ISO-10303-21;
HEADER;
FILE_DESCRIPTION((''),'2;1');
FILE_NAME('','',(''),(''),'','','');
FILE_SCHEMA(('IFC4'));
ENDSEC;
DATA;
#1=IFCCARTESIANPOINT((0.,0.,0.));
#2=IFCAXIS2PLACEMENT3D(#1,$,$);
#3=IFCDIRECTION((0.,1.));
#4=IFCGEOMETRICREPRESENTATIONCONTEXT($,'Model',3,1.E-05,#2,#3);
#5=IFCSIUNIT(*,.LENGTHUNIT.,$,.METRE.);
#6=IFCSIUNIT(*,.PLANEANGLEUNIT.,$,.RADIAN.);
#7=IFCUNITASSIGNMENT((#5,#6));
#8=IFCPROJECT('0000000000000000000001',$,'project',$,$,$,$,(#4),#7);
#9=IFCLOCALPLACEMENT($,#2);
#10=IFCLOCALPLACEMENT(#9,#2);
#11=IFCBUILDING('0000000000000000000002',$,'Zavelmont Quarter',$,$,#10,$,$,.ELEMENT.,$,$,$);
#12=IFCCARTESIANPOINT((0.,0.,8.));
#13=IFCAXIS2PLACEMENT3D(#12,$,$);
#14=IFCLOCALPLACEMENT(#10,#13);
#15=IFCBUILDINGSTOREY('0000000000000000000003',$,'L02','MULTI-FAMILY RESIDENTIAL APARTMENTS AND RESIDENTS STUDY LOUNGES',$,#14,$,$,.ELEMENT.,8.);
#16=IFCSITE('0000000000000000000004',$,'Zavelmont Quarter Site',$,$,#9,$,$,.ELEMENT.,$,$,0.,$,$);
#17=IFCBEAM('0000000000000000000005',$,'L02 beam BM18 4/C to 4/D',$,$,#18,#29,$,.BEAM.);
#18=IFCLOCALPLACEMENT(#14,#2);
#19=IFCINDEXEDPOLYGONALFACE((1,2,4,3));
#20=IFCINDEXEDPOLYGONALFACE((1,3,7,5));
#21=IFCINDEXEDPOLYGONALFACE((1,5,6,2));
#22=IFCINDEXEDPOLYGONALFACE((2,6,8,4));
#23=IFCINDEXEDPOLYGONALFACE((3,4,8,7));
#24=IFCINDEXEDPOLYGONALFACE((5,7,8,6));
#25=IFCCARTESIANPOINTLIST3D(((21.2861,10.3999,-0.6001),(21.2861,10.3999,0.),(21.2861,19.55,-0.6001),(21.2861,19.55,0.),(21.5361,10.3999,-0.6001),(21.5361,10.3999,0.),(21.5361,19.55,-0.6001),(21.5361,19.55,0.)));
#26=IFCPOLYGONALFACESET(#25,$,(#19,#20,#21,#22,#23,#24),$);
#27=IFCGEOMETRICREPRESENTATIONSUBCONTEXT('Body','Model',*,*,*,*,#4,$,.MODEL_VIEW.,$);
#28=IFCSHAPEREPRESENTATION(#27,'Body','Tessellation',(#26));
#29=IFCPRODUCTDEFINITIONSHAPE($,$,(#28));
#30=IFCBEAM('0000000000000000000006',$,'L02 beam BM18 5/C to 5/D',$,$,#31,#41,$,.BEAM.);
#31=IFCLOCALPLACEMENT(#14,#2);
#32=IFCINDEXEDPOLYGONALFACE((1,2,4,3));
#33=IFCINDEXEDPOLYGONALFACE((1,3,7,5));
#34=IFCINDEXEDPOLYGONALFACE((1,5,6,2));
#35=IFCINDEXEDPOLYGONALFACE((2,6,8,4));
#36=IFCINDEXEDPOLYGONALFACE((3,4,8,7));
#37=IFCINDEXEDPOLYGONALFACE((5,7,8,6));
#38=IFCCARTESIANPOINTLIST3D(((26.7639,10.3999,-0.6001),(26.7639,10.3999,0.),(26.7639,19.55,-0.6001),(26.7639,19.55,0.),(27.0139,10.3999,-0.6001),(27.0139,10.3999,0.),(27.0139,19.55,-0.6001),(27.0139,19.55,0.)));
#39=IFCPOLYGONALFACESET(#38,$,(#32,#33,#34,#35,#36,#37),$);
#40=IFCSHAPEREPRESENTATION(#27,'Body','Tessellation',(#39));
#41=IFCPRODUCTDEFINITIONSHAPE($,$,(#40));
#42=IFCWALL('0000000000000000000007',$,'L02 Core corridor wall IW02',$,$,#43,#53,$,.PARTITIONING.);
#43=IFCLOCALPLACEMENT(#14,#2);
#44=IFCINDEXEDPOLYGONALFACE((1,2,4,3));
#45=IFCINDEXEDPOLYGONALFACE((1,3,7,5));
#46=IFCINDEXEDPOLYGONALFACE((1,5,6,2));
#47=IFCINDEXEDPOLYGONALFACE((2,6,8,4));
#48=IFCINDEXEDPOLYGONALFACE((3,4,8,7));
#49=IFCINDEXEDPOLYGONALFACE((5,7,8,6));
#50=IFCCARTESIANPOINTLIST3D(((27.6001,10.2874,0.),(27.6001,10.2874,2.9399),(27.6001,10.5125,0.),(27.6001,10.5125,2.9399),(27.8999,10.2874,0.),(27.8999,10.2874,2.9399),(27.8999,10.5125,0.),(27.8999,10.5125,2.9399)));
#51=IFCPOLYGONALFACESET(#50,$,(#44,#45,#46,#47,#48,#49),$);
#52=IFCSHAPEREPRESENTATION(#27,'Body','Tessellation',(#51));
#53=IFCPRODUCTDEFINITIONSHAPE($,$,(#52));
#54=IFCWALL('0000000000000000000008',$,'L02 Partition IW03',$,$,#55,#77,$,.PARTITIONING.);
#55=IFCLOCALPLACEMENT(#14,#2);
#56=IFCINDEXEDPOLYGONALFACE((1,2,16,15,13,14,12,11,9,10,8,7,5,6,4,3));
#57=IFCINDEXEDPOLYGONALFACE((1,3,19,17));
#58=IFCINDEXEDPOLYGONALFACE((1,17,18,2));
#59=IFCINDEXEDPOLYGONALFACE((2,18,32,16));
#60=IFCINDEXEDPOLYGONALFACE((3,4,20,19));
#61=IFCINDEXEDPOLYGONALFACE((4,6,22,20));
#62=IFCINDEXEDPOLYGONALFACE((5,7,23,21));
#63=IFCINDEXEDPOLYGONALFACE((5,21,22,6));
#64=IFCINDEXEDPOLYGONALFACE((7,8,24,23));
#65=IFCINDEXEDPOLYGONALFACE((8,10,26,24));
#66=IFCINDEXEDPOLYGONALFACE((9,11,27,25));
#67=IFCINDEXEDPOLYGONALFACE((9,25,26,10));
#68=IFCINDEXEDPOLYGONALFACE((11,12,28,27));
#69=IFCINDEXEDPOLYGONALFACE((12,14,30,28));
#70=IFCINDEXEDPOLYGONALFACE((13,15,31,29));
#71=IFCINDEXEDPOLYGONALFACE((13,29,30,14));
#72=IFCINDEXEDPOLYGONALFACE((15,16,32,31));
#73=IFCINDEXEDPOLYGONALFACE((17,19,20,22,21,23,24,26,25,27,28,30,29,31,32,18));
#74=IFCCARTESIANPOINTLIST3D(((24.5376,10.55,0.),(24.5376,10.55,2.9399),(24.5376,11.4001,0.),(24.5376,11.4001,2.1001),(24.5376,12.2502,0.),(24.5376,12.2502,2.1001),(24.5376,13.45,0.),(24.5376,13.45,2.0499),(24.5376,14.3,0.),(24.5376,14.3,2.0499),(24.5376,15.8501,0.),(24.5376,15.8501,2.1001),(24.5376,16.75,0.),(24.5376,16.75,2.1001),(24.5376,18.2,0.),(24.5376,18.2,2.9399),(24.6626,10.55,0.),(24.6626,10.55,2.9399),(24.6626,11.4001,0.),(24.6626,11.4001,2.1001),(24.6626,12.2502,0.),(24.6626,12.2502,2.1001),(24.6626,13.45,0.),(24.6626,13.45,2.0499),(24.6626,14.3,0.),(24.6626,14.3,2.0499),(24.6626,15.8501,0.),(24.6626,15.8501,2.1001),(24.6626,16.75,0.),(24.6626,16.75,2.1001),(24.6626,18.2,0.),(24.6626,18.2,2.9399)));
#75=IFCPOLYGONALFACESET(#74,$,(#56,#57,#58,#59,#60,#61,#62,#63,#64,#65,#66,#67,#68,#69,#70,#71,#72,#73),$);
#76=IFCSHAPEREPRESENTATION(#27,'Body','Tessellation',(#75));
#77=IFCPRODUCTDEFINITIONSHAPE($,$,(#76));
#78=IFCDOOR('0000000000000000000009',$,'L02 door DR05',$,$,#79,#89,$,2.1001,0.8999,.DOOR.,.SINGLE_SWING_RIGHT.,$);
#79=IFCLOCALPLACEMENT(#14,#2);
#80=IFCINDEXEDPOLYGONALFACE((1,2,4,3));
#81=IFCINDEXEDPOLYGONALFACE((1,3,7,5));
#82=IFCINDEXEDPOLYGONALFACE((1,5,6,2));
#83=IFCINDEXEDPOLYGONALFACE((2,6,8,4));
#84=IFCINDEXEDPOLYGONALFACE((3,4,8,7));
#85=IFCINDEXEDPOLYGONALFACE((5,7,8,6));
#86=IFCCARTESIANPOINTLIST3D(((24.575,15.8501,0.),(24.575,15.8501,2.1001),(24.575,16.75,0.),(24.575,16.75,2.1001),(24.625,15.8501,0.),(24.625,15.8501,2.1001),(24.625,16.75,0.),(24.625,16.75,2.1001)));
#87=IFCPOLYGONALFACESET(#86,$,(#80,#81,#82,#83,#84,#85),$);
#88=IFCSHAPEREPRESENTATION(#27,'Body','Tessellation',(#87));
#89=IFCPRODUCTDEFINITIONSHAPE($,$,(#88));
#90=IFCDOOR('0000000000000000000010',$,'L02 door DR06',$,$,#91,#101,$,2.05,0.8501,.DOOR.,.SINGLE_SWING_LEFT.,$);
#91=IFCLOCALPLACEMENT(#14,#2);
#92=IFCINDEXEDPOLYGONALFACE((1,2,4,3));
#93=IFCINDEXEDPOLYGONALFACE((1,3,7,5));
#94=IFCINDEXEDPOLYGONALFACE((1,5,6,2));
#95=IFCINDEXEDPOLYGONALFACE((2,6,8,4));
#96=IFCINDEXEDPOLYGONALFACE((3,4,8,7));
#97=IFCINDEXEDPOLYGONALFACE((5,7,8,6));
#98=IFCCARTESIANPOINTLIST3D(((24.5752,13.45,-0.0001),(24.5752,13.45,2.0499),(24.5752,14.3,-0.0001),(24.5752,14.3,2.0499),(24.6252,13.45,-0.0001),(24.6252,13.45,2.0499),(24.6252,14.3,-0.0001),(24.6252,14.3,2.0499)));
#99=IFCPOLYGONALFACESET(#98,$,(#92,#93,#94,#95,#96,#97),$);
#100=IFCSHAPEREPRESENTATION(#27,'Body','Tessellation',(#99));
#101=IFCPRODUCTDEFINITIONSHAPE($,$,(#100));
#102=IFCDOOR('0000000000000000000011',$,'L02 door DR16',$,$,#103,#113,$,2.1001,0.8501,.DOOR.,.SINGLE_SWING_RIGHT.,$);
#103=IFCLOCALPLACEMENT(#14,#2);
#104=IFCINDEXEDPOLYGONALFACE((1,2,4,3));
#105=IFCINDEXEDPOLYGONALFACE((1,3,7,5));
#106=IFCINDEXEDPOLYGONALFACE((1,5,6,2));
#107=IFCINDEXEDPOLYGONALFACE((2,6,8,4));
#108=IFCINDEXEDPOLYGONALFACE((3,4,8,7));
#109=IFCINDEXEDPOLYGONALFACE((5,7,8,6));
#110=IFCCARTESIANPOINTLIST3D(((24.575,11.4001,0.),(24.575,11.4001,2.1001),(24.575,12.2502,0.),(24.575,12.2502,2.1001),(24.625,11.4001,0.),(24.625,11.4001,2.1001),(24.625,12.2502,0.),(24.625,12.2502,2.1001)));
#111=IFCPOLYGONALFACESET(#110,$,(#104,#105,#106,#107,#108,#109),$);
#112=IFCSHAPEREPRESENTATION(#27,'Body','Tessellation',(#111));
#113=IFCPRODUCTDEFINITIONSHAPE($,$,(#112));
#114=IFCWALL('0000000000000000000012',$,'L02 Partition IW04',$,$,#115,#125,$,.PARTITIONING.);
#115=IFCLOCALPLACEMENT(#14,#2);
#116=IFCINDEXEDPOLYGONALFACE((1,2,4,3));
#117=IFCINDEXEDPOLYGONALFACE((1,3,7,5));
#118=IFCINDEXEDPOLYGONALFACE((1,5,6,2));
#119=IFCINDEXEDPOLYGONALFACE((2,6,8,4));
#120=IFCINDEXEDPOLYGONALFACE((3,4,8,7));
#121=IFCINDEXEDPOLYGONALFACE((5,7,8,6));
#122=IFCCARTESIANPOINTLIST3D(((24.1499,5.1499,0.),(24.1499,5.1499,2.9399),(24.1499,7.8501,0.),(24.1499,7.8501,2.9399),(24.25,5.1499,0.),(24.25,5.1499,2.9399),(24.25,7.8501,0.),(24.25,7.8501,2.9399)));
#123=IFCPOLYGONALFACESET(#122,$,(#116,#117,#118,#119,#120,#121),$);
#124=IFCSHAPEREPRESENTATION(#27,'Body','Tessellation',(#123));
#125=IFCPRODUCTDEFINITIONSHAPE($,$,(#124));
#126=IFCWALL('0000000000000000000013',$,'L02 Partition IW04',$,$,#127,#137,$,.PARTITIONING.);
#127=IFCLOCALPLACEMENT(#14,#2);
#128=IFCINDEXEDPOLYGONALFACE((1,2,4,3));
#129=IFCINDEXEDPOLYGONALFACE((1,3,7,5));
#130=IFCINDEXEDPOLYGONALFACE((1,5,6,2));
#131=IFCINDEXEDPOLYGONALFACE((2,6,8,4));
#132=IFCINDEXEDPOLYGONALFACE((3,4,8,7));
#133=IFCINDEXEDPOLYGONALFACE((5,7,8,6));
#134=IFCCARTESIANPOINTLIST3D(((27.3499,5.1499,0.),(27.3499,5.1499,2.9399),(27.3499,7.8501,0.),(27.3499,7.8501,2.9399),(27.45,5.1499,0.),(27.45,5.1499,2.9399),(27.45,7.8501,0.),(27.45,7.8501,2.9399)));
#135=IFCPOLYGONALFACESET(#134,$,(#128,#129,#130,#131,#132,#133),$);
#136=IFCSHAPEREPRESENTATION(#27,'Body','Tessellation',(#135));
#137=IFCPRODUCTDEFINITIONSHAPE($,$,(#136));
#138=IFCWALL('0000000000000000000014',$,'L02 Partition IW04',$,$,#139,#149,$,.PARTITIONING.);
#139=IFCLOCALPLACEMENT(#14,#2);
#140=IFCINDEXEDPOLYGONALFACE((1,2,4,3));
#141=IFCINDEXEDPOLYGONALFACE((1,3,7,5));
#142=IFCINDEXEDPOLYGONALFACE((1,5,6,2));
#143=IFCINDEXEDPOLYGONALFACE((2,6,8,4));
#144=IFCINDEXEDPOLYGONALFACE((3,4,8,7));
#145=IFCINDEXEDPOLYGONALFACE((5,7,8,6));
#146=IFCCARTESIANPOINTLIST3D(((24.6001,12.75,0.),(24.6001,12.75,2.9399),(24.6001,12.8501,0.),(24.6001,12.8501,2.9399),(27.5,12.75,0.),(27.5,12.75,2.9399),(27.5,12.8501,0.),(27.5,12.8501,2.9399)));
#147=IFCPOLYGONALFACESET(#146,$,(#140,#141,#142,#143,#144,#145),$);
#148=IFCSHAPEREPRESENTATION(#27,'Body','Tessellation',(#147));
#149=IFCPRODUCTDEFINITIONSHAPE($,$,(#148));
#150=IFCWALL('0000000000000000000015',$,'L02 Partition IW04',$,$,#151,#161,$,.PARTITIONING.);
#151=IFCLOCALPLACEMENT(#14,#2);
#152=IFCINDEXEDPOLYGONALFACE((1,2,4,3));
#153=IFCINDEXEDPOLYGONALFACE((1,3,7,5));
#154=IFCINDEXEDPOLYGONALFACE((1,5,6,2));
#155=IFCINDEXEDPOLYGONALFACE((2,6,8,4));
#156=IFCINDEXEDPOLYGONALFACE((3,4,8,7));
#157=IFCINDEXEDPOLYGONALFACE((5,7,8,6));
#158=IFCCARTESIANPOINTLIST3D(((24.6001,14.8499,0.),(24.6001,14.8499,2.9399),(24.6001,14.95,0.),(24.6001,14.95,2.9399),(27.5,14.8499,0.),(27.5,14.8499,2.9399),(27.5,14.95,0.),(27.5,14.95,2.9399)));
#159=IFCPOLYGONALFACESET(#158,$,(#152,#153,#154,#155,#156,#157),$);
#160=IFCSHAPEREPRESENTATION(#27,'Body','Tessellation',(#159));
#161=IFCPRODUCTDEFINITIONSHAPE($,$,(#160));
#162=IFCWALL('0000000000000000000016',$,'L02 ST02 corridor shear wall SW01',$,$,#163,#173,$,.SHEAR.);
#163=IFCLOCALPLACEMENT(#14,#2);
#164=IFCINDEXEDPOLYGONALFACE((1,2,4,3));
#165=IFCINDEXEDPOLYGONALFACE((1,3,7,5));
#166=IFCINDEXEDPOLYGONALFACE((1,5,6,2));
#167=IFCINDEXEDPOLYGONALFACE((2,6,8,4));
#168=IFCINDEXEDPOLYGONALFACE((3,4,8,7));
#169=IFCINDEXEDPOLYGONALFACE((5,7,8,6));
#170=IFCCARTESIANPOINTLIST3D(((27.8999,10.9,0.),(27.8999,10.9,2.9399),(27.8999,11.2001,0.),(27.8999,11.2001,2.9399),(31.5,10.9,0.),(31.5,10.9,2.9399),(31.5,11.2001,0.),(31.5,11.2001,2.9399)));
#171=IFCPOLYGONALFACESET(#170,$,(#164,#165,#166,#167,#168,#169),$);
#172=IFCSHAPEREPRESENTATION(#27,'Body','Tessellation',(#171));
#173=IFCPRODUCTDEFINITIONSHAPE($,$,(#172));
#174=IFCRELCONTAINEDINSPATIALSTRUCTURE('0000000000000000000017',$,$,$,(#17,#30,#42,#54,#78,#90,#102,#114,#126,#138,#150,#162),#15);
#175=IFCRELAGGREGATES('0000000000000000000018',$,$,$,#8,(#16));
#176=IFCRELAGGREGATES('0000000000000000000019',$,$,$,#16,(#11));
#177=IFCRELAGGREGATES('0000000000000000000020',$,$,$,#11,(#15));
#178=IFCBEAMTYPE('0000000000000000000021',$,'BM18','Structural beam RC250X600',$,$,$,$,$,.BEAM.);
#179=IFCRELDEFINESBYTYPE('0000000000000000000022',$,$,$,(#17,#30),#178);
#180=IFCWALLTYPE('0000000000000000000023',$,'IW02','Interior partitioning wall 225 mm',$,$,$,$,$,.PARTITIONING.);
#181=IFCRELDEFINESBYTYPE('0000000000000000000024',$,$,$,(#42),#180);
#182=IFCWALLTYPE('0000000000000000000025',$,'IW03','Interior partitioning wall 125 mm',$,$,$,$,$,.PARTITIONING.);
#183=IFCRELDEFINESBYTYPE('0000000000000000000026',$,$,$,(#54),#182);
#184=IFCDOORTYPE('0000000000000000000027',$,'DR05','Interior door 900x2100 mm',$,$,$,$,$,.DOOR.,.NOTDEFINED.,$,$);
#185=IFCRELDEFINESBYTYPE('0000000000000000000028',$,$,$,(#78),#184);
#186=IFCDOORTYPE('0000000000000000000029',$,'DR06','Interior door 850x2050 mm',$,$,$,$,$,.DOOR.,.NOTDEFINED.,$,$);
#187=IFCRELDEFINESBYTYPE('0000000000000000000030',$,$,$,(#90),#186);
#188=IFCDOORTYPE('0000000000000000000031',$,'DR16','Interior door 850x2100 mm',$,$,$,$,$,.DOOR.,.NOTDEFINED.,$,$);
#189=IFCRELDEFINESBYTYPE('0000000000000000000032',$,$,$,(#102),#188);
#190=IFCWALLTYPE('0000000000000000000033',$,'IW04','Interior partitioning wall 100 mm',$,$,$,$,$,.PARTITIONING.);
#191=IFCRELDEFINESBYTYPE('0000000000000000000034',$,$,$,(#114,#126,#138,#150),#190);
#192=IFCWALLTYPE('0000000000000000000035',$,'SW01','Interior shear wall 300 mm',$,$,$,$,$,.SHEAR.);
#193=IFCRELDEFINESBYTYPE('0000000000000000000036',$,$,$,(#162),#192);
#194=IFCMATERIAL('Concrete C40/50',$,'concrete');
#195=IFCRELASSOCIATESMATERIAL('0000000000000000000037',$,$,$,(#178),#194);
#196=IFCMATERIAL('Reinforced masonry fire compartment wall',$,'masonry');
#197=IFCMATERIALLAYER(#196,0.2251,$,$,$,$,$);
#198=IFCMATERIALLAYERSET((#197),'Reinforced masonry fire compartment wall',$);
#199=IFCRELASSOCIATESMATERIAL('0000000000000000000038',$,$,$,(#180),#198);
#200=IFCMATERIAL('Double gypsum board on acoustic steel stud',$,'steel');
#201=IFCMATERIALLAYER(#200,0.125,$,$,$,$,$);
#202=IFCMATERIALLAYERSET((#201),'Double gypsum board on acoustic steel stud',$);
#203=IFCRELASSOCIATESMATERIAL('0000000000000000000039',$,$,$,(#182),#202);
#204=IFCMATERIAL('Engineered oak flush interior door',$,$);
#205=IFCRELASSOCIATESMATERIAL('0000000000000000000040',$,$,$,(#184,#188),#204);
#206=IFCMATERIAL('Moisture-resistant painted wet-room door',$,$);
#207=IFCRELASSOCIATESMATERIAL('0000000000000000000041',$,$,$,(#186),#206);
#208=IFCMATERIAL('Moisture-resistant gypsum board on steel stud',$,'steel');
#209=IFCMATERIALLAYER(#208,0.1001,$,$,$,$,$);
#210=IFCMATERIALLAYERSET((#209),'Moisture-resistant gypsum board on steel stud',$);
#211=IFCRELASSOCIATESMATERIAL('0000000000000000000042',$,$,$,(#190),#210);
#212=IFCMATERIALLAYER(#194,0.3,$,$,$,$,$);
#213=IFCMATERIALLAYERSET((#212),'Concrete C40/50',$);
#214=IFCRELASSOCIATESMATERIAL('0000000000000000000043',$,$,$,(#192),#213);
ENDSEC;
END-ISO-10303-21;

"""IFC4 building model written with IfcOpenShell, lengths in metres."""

from ifc_helpers import new_model, si_unit, direction, frame, frame_2d, origin, origin_with_axes, origin_2d, place, context, subcontext, project, spatial, rectangle, extrude, material, layer, layer_set, material_profile, profile_set, type_object, element, fill, save


model = new_model("IFC4")

# Units and contexts
model_context = context("Model", 3, precision=1e-05, world=origin(), true_north=direction((0.0, 1.0)))
body_context = subcontext(model_context, "Body", "Model", "MODEL_VIEW")
ifc_project = project(units=[si_unit("LENGTHUNIT", "METRE"), si_unit("PLANEANGLEUNIT", "RADIAN")], contexts=[model_context])

# Site, building, storey
site_placement = place(None, origin())
site = spatial("IfcSite", under=ifc_project, at=site_placement, Name="Zavelmont Quarter Site", CompositionType="ELEMENT", RefElevation=0.0)
building_placement = place(site_placement, origin())
building = spatial("IfcBuilding", under=site, at=building_placement, Name="Zavelmont Quarter", CompositionType="ELEMENT")
storey_placement = place(building_placement, frame((0.0, 0.0, 8.0)))
storey = spatial("IfcBuildingStorey", under=building, at=storey_placement, Name="L02", Description="MULTI-FAMILY RESIDENTIAL APARTMENTS AND RESIDENTS STUDY LOUNGES", CompositionType="ELEMENT", Elevation=8.0)

# Shared definitions
ifc_material_1 = material(Name="Concrete C40/50", Category="concrete")

# Beams
ifc_material_profile_1 = material_profile(ifc_material_1, rectangle(XDim=0.25, YDim=0.6001, at=origin_2d()), Name="RC250X600")
ifc_profile_set_1 = profile_set([ifc_material_profile_1], Name="Concrete C40/50")
beam_type_1 = type_object("IfcBeamType", Name="BM18", Description="Structural beam RC250X600", PredefinedType="BEAM", material=ifc_profile_set_1)
for number, where, z_axis, x_axis, name in (
    (1, (21.4111, 10.3999, -0.3), (0.0, 1.0, 0.0), (-1.0, 0.0, 0.0), "L02 beam BM18 4/C to 4/D"),
    (2, (26.8889, 10.3999, -0.3), (0.0, 1.0, 0.0), (-1.0, 0.0, 0.0), "L02 beam BM18 5/C to 5/D"),
):
    element("IfcBeam", number, at=place(storey_placement, frame(where, z_axis=z_axis, x_axis=x_axis)), inside=storey, type_object=beam_type_1, Name=name, PredefinedType="BEAM", context=body_context, shape_type="SweptSolid", body=[
        extrude(rectangle(XDim=0.25, YDim=0.6001, at=origin_2d()), origin(), (0.0, 0.0, 1.0), 9.1501),
    ])

# Wall
ifc_material_2 = material(Name="Reinforced masonry fire compartment wall", Category="masonry")
ifc_layer_1 = layer(ifc_material_2, 0.2251)
ifc_layer_set_1 = layer_set([ifc_layer_1], Name="Reinforced masonry fire compartment wall")
wall_type_1 = type_object("IfcWallType", Name="IW02", Description="Interior partitioning wall 225 mm", PredefinedType="PARTITIONING", material=ifc_layer_set_1)
wall_1_placement = place(storey_placement, frame((27.6001, 10.3999, 0.0), z_axis=(0.0, 0.0, 1.0), x_axis=(1.0, 0.0, 0.0)))
element("IfcWall", 3, at=wall_1_placement, inside=storey, type_object=wall_type_1, Name="L02 Core corridor wall IW02", PredefinedType="PARTITIONING", context=body_context, shape_type="SweptSolid", body=[
    extrude(rectangle(XDim=0.2998, YDim=0.2251, at=frame_2d((0.1499, 0.0))), origin(), (0.0, 0.0, 1.0), 2.9399),
])

# Wall, openings, doors
ifc_material_3 = material(Name="Double gypsum board on acoustic steel stud", Category="steel")
ifc_layer_2 = layer(ifc_material_3, 0.125)
ifc_layer_set_2 = layer_set([ifc_layer_2], Name="Double gypsum board on acoustic steel stud")
wall_type_2 = type_object("IfcWallType", Name="IW03", Description="Interior partitioning wall 125 mm", PredefinedType="PARTITIONING", material=ifc_layer_set_2)
wall_2_placement = place(storey_placement, frame((24.6001, 10.55, 0.0), z_axis=(0.0, 0.0, 1.0), x_axis=(0.0, 1.0, 0.0)))
wall_2 = element("IfcWall", 4, at=wall_2_placement, inside=storey, type_object=wall_type_2, Name="L02 Partition IW03", PredefinedType="PARTITIONING", context=body_context, shape_type="SweptSolid", body=[
    extrude(rectangle(XDim=7.6499, YDim=0.125, at=frame_2d((3.825, 0.0))), origin(), (0.0, 0.0, 1.0), 2.9399),
])
opening_1_placement = place(wall_2_placement, frame((0.8501, 0.0, 0.0)))
opening_1 = element("IfcOpeningElement", 5, at=opening_1_placement, cuts=wall_2, PredefinedType="OPENING", context=body_context, shape_type="SweptSolid", body=[
    extrude(rectangle(XDim=0.8501, YDim=2.1001, at=frame_2d((0.425, 1.05))), frame((0.0, 0.0745, 0.0), z_axis=(0.0, -1.0, 0.0), x_axis=(1.0, 0.0, 0.0)), (0.0, 0.0, 1.0), 0.1489),
])
opening_2_placement = place(wall_2_placement, frame((2.8999, 0.0, 0.0)))
opening_2 = element("IfcOpeningElement", 6, at=opening_2_placement, cuts=wall_2, PredefinedType="OPENING", context=body_context, shape_type="SweptSolid", body=[
    extrude(rectangle(XDim=0.8501, YDim=2.05, at=frame_2d((0.425, 1.0249))), frame((0.0, 0.0745, 0.0), z_axis=(0.0, -1.0, 0.0), x_axis=(1.0, 0.0, 0.0)), (0.0, 0.0, 1.0), 0.1489),
])
opening_3_placement = place(wall_2_placement, frame((5.3, 0.0, 0.0)))
opening_3 = element("IfcOpeningElement", 7, at=opening_3_placement, cuts=wall_2, PredefinedType="OPENING", context=body_context, shape_type="SweptSolid", body=[
    extrude(rectangle(XDim=0.8999, YDim=2.1001, at=frame_2d((0.45, 1.05))), frame((0.0, 0.0745, 0.0), z_axis=(0.0, -1.0, 0.0), x_axis=(1.0, 0.0, 0.0)), (0.0, 0.0, 1.0), 0.1489),
])
ifc_material_4 = material(Name="Engineered oak flush interior door")
door_type_1 = type_object("IfcDoorType", Name="DR05", Description="Interior door 900x2100 mm", OperationType="NOTDEFINED", PredefinedType="DOOR", material=ifc_material_4)
door_1_placement = place(opening_3_placement, frame((0.8999, 0.0, 0.0), z_axis=(0.0, 0.0, 1.0), x_axis=(-1.0, 0.0, 0.0)))
door_1 = element("IfcDoor", 8, at=door_1_placement, inside=storey, type_object=door_type_1, Name="L02 door DR05", OperationType="SINGLE_SWING_RIGHT", OverallHeight=2.1001, OverallWidth=0.8999, PredefinedType="DOOR", context=body_context, shape_type="SweptSolid", body=[
    extrude(rectangle(XDim=0.8999, YDim=2.1001, at=frame_2d((0.45, 1.05))), frame((0.0, 0.0249, 0.0), z_axis=(0.0, -1.0, 0.0), x_axis=(1.0, 0.0, 0.0)), (0.0, 0.0, 1.0), 0.05),
])
fill(opening_3, door_1)
ifc_material_5 = material(Name="Moisture-resistant painted wet-room door")
door_type_2 = type_object("IfcDoorType", Name="DR06", Description="Interior door 850x2050 mm", OperationType="NOTDEFINED", PredefinedType="DOOR", material=ifc_material_5)
door_2_placement = place(opening_2_placement, origin_with_axes())
door_2 = element("IfcDoor", 9, at=door_2_placement, inside=storey, type_object=door_type_2, Name="L02 door DR06", OperationType="SINGLE_SWING_LEFT", OverallHeight=2.05, OverallWidth=0.8501, PredefinedType="DOOR", context=body_context, shape_type="SweptSolid", body=[
    extrude(rectangle(XDim=0.8501, YDim=2.05, at=frame_2d((0.425, 1.0249))), frame((0.0, 0.0249, 0.0), z_axis=(0.0, -1.0, 0.0), x_axis=(1.0, 0.0, 0.0)), (0.0, 0.0, 1.0), 0.05),
])
fill(opening_2, door_2)
door_type_3 = type_object("IfcDoorType", Name="DR16", Description="Interior door 850x2100 mm", OperationType="NOTDEFINED", PredefinedType="DOOR", material=ifc_material_4)
door_3_placement = place(opening_1_placement, frame((0.8501, 0.0, 0.0), z_axis=(0.0, 0.0, 1.0), x_axis=(-1.0, 0.0, 0.0)))
door_3 = element("IfcDoor", 10, at=door_3_placement, inside=storey, type_object=door_type_3, Name="L02 door DR16", OperationType="SINGLE_SWING_RIGHT", OverallHeight=2.1001, OverallWidth=0.8501, PredefinedType="DOOR", context=body_context, shape_type="SweptSolid", body=[
    extrude(rectangle(XDim=0.8501, YDim=2.1001, at=frame_2d((0.425, 1.05))), frame((0.0, 0.0249, 0.0), z_axis=(0.0, -1.0, 0.0), x_axis=(1.0, 0.0, 0.0)), (0.0, 0.0, 1.0), 0.05),
])
fill(opening_1, door_3)

# Walls
ifc_material_6 = material(Name="Moisture-resistant gypsum board on steel stud", Category="steel")
ifc_layer_3 = layer(ifc_material_6, 0.1001)
ifc_layer_set_3 = layer_set([ifc_layer_3], Name="Moisture-resistant gypsum board on steel stud")
wall_type_3 = type_object("IfcWallType", Name="IW04", Description="Interior partitioning wall 100 mm", PredefinedType="PARTITIONING", material=ifc_layer_set_3)
for number, where, z_axis, x_axis, name in (
    (11, (24.2, 7.8501, 0.0), (0.0, 0.0, 1.0), (0.0, -1.0, 0.0), "L02 Partition IW04"),
    (12, (27.3999, 7.8501, 0.0), (0.0, 0.0, 1.0), (0.0, -1.0, 0.0), "L02 Partition IW04"),
):
    element("IfcWall", number, at=place(storey_placement, frame(where, z_axis=z_axis, x_axis=x_axis)), inside=storey, type_object=wall_type_3, Name=name, PredefinedType="PARTITIONING", context=body_context, shape_type="SweptSolid", body=[
        extrude(rectangle(XDim=2.7002, YDim=0.1001, at=frame_2d((1.3501, 0.0))), origin(), (0.0, 0.0, 1.0), 2.9399),
    ])
for number, where, z_axis, x_axis, name in (
    (13, (24.6001, 12.8, 0.0), (0.0, 0.0, 1.0), (1.0, 0.0, 0.0), "L02 Partition IW04"),
    (14, (24.6001, 14.8999, 0.0), (0.0, 0.0, 1.0), (1.0, 0.0, 0.0), "L02 Partition IW04"),
):
    element("IfcWall", number, at=place(storey_placement, frame(where, z_axis=z_axis, x_axis=x_axis)), inside=storey, type_object=wall_type_3, Name=name, PredefinedType="PARTITIONING", context=body_context, shape_type="SweptSolid", body=[
        extrude(rectangle(XDim=2.8999, YDim=0.1001, at=frame_2d((1.45, 0.0))), origin(), (0.0, 0.0, 1.0), 2.9399),
    ])
ifc_layer_4 = layer(ifc_material_1, 0.3)
ifc_layer_set_4 = layer_set([ifc_layer_4], Name="Concrete C40/50")
wall_type_4 = type_object("IfcWallType", Name="SW01", Description="Interior shear wall 300 mm", PredefinedType="SHEAR", material=ifc_layer_set_4)
wall_3_placement = place(storey_placement, frame((27.8999, 11.05, 0.0), z_axis=(0.0, 0.0, 1.0), x_axis=(1.0, 0.0, 0.0)))
element("IfcWall", 15, at=wall_3_placement, inside=storey, type_object=wall_type_4, Name="L02 ST02 corridor shear wall SW01", PredefinedType="SHEAR", context=body_context, shape_type="SweptSolid", body=[
    extrude(rectangle(XDim=3.6001, YDim=0.3, at=frame_2d((1.8, 0.0))), origin(), (0.0, 0.0, 1.0), 2.9399),
])

save(model, "model.ifc")
